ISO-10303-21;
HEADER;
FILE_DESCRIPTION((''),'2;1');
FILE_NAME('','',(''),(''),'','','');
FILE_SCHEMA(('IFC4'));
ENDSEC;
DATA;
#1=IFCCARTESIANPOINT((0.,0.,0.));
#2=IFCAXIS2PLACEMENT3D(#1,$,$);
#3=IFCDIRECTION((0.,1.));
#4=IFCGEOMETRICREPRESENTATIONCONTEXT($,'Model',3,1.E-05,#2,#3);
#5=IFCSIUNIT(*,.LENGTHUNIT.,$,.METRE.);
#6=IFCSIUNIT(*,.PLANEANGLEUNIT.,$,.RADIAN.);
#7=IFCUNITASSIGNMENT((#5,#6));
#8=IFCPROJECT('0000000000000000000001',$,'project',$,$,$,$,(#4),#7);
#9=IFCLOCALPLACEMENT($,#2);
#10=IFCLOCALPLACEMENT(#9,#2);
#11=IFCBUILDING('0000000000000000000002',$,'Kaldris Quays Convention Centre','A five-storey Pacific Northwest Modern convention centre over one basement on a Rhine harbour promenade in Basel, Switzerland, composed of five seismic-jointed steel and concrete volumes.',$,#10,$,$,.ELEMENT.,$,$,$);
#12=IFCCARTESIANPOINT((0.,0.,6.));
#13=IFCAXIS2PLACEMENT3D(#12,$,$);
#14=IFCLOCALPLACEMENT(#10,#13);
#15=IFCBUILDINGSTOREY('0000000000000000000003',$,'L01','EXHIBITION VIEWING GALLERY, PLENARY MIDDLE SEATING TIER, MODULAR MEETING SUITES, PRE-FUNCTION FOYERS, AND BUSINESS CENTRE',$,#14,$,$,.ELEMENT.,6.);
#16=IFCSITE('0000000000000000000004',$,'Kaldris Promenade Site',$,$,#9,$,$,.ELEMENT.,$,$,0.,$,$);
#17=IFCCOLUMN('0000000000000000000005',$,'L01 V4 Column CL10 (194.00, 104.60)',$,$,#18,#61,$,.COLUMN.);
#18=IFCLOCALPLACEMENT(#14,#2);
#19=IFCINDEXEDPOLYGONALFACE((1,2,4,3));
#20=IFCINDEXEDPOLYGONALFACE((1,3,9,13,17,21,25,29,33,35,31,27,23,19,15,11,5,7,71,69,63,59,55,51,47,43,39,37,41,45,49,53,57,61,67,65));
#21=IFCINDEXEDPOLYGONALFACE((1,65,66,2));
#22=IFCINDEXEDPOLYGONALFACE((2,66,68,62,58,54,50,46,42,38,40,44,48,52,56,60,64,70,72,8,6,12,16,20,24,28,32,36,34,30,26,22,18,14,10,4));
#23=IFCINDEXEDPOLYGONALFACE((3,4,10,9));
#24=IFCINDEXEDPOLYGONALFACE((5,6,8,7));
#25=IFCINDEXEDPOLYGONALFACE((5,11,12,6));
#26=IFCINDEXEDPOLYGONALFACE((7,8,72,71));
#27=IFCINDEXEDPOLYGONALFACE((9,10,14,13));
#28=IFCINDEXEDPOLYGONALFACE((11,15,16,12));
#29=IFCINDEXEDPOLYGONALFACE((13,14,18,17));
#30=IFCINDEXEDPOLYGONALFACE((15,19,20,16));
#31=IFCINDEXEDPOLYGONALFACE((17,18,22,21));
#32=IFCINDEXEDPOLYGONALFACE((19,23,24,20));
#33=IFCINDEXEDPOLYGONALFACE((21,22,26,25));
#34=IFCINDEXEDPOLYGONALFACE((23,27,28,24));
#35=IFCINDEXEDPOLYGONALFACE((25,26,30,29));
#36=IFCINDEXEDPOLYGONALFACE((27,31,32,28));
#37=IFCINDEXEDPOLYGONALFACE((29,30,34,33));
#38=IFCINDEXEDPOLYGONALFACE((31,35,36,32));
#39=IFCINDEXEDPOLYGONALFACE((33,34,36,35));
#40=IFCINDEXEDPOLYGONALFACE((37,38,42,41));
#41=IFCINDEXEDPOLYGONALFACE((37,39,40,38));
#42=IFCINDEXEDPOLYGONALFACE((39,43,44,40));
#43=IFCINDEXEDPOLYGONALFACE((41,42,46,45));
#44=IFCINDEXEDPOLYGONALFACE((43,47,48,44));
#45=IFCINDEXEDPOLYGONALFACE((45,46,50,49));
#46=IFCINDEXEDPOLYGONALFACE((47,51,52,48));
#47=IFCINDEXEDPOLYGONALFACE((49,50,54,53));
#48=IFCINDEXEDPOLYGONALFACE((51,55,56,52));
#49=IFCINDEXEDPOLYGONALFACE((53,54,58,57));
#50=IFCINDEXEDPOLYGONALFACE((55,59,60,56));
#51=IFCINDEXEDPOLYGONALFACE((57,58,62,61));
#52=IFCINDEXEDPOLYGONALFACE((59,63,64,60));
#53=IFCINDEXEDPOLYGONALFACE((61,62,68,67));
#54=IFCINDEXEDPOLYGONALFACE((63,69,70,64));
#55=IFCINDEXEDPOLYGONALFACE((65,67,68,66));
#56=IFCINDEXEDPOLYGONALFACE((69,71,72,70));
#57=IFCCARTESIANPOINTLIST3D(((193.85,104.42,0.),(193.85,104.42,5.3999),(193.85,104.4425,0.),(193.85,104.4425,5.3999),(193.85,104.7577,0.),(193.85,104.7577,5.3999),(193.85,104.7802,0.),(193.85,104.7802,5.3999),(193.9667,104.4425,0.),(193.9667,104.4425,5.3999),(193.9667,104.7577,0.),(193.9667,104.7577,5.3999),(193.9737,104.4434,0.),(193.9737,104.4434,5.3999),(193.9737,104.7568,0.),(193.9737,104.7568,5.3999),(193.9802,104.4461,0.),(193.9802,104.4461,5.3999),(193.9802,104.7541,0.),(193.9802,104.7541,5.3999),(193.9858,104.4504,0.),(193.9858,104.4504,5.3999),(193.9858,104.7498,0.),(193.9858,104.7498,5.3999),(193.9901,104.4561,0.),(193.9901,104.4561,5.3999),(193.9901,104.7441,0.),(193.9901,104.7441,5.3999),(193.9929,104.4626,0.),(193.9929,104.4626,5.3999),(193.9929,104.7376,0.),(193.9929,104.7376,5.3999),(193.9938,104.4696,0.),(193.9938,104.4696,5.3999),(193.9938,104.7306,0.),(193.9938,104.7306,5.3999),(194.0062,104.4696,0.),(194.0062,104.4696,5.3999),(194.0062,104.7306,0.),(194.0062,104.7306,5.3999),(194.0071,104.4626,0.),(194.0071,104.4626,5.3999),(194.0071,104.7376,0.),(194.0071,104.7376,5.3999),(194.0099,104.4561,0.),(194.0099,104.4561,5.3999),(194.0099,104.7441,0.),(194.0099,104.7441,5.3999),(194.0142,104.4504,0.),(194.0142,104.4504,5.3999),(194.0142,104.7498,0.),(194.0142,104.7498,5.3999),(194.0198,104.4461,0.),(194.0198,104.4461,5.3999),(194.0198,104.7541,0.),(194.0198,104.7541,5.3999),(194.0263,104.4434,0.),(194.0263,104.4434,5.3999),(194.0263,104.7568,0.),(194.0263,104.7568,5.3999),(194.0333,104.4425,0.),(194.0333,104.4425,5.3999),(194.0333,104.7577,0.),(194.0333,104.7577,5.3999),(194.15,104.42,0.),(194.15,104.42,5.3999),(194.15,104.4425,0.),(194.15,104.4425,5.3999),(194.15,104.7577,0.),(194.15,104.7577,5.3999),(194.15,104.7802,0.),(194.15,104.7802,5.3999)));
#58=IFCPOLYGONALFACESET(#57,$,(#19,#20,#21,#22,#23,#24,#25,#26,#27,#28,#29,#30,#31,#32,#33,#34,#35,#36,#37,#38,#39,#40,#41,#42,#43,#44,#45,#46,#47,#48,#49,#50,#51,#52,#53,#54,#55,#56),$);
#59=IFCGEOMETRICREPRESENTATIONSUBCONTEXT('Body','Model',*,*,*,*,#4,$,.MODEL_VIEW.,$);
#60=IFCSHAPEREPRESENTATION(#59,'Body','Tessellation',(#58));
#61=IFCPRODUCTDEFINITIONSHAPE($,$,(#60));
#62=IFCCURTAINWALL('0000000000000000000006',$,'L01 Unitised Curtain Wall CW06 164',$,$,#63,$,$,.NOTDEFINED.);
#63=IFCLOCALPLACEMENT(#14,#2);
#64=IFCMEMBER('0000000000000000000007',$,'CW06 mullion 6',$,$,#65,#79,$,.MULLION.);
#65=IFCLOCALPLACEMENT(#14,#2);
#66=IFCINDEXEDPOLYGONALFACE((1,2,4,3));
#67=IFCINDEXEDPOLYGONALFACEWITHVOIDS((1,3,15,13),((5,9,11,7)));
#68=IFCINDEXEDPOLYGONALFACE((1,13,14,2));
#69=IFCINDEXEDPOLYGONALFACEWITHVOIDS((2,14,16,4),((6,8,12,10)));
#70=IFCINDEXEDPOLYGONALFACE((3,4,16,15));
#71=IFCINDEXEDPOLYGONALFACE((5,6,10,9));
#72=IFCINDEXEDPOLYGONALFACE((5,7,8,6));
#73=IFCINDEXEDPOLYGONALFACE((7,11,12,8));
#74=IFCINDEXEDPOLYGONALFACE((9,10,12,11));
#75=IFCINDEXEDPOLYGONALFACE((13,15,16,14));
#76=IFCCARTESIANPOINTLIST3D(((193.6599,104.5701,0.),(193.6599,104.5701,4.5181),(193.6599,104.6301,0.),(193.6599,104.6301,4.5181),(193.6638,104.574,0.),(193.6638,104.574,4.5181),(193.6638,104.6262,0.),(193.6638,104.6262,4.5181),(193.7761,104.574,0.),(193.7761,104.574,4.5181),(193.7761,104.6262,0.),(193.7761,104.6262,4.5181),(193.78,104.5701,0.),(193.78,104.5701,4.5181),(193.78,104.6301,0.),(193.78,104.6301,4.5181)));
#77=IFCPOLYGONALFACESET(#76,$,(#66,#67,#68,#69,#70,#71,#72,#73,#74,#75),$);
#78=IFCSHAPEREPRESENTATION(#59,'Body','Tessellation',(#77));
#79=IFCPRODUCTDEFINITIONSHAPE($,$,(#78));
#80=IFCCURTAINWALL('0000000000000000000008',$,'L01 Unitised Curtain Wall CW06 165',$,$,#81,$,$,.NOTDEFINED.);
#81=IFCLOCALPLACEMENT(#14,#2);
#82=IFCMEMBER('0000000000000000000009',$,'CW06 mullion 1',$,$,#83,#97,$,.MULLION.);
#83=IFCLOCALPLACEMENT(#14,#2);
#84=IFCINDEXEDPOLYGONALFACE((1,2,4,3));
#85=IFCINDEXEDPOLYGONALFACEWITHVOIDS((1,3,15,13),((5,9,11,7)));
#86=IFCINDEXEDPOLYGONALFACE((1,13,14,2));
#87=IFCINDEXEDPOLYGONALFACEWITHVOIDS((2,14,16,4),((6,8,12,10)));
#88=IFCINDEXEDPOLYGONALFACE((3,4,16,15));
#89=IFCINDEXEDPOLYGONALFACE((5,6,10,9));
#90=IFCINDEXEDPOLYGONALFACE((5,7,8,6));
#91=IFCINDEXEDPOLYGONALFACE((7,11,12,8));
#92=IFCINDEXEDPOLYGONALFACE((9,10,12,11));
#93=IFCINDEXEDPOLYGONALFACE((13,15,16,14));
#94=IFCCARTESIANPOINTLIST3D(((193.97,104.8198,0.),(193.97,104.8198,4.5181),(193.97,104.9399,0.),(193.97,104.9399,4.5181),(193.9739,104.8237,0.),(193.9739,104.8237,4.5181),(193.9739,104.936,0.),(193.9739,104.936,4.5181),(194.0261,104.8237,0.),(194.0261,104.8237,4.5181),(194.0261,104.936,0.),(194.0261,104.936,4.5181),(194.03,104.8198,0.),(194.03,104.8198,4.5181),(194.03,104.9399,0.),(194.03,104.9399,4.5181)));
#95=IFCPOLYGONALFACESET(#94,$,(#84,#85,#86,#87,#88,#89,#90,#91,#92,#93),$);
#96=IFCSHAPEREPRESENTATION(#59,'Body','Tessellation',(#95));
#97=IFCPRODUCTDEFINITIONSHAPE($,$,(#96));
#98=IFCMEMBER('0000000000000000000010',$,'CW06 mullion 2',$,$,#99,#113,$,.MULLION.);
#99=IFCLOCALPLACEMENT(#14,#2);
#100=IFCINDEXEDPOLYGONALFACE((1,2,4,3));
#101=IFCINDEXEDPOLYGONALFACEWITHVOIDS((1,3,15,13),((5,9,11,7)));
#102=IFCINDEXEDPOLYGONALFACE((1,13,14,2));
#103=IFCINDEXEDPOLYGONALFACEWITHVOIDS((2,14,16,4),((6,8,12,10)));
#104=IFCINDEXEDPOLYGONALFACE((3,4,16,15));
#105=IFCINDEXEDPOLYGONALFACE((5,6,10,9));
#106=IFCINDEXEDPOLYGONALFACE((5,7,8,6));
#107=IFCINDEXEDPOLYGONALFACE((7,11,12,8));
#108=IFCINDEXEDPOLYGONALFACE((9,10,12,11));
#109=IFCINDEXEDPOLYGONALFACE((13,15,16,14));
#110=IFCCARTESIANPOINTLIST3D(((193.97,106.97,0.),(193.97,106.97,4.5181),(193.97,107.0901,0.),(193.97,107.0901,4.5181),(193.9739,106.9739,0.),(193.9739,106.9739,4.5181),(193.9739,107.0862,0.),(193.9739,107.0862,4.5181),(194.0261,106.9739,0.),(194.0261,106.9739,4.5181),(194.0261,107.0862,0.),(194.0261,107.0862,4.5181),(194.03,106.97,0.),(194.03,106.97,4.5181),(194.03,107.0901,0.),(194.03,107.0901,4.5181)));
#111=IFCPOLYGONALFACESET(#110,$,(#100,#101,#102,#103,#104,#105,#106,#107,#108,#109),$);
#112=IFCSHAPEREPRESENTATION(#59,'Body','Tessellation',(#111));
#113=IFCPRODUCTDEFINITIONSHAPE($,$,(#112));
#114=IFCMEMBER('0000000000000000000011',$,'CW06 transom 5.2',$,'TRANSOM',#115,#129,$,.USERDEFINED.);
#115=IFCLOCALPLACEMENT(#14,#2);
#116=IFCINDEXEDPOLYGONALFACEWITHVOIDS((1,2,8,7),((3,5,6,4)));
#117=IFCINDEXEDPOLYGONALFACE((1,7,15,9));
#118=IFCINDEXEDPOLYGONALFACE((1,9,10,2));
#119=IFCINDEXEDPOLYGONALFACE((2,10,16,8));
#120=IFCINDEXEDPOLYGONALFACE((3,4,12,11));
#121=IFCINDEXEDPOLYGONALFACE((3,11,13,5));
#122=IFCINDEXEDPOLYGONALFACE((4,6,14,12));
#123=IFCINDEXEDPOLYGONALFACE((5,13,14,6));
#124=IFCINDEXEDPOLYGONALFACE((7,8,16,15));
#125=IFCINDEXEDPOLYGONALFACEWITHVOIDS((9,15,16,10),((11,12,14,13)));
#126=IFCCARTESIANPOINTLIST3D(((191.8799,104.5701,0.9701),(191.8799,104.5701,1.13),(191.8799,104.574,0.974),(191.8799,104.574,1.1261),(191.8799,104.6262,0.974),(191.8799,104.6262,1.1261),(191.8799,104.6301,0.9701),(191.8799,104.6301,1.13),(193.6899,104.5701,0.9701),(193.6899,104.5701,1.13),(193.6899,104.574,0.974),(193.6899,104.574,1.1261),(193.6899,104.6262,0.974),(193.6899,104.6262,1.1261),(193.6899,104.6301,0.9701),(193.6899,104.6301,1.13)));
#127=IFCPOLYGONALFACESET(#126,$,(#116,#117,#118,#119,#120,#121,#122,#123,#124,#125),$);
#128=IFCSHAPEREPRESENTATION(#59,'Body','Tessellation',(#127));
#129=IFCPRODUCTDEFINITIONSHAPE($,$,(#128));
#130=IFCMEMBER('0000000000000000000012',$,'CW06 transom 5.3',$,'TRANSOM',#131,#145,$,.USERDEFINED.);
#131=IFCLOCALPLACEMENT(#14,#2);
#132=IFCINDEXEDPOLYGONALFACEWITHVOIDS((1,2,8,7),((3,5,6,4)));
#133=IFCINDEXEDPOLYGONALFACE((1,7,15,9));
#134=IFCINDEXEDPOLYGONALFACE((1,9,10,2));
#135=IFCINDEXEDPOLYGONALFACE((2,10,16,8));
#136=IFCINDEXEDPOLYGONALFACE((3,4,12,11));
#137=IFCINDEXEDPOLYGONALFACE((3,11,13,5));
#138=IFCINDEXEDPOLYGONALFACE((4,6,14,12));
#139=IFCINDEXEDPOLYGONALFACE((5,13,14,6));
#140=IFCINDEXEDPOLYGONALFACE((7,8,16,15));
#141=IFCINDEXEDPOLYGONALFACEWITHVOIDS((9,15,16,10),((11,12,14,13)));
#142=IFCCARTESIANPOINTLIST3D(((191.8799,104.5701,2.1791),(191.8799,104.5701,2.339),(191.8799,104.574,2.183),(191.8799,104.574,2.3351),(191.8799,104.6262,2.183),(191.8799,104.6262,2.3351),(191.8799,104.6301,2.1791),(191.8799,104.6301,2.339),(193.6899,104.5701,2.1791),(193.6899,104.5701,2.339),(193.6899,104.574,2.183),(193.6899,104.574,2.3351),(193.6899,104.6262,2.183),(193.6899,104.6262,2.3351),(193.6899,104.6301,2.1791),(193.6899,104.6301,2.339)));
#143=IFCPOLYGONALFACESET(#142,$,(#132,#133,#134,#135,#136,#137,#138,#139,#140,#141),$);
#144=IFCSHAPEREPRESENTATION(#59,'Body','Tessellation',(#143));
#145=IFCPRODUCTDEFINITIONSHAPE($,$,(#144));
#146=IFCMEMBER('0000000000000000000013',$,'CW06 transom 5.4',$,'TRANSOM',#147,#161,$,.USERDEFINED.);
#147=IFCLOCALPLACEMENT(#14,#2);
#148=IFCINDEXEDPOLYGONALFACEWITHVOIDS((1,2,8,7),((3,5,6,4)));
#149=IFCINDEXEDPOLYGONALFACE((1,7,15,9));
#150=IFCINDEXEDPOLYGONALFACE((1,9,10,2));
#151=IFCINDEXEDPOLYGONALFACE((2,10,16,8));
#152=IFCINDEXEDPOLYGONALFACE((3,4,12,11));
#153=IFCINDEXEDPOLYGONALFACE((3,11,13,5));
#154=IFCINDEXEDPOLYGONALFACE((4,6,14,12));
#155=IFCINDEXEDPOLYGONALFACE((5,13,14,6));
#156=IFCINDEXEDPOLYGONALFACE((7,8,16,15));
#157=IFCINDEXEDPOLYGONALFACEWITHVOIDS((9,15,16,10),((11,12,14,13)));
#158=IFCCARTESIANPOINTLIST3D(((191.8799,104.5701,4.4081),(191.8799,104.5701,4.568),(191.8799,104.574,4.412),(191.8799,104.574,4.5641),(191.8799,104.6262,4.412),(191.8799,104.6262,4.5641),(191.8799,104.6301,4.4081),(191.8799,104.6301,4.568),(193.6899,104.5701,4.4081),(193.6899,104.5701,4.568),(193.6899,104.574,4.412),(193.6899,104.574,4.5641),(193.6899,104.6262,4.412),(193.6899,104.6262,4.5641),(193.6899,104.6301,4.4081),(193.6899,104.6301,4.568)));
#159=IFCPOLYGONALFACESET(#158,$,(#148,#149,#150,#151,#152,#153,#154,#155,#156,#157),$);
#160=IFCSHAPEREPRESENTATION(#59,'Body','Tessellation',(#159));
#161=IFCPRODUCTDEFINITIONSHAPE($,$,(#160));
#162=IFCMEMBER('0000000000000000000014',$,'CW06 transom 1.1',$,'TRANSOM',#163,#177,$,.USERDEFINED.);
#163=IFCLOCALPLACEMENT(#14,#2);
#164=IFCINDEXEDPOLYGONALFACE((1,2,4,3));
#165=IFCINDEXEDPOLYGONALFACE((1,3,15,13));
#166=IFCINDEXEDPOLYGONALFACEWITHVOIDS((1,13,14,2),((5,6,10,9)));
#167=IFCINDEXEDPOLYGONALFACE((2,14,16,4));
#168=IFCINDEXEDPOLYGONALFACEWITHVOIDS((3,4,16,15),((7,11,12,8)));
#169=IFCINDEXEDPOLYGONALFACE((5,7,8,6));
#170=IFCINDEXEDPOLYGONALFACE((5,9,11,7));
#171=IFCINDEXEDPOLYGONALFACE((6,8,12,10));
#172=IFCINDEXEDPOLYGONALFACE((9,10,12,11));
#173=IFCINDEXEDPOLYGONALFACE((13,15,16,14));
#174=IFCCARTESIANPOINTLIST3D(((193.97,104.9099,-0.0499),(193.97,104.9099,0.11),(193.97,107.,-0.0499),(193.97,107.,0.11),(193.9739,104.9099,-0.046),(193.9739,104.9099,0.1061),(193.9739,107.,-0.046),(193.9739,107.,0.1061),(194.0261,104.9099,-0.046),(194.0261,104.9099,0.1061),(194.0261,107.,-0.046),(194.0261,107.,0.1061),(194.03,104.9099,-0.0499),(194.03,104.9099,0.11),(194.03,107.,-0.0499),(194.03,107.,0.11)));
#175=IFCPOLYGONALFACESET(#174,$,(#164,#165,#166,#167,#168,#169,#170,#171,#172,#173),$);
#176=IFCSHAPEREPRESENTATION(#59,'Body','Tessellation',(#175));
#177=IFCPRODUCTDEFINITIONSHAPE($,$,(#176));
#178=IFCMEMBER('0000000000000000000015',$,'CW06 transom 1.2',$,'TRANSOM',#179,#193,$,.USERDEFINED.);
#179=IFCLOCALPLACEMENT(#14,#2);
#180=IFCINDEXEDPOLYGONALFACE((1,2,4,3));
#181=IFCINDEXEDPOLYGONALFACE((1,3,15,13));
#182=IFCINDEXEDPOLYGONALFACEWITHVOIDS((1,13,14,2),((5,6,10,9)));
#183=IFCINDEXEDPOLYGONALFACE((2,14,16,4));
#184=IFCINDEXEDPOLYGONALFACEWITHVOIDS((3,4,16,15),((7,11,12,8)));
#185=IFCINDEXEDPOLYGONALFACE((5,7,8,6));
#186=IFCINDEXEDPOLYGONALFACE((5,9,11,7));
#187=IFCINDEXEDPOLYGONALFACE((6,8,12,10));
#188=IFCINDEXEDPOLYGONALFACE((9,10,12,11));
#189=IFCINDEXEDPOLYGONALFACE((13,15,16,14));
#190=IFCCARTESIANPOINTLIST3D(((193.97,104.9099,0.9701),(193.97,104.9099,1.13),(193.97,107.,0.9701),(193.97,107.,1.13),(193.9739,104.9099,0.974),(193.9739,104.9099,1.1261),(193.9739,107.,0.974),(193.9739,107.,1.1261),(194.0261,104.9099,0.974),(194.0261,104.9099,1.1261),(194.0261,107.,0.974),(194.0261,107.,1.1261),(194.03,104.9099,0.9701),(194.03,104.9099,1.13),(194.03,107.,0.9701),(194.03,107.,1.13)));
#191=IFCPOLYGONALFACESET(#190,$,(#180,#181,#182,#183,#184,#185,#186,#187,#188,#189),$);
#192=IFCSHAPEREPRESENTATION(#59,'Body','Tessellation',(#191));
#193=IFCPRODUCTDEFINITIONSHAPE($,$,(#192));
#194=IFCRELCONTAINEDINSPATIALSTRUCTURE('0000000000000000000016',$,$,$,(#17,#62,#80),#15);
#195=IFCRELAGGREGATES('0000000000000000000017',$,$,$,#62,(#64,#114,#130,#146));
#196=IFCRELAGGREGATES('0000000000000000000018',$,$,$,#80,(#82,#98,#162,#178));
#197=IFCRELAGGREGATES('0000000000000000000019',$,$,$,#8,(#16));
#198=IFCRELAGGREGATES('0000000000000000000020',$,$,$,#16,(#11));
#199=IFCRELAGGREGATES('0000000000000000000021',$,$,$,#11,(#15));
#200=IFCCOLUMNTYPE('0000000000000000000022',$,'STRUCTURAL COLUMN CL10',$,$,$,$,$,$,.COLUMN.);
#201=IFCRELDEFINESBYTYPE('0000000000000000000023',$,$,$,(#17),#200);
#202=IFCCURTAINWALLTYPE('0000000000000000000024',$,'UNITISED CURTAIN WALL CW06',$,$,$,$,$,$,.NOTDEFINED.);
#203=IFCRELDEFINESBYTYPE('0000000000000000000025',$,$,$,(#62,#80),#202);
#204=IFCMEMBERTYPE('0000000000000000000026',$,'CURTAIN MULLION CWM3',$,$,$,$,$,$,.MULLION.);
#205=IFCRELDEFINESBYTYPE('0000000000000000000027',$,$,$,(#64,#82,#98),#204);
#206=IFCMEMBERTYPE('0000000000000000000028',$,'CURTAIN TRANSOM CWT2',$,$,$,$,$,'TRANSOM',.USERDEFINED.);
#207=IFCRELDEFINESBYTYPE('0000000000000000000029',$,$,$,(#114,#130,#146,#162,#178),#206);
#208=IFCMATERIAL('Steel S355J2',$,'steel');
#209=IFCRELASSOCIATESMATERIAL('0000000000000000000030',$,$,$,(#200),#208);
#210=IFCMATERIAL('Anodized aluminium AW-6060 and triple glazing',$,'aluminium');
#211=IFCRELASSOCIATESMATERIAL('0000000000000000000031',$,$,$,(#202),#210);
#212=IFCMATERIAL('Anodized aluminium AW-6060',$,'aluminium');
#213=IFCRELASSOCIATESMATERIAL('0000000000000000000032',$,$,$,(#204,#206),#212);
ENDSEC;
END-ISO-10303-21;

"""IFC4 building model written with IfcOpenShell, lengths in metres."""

from ifc_helpers import new_model, si_unit, direction, frame, origin, origin_2d, place, context, subcontext, project, spatial, hollow_rectangle, i_section, extrude, material, material_profile, profile_set, type_object, element, aggregate, save


model = new_model("IFC4")

# Units and contexts
model_context = context("Model", 3, precision=1e-05, world=origin(), true_north=direction((0.0, 1.0)))
body_context = subcontext(model_context, "Body", "Model", "MODEL_VIEW")
ifc_project = project(units=[si_unit("LENGTHUNIT", "METRE"), si_unit("PLANEANGLEUNIT", "RADIAN")], contexts=[model_context])

# Site, building, storey
site_placement = place(None, origin())
site = spatial("IfcSite", under=ifc_project, at=site_placement, Name="Kaldris Promenade Site", CompositionType="ELEMENT", RefElevation=0.0)
building_placement = place(site_placement, origin())
building = spatial("IfcBuilding", under=site, at=building_placement, Name="Kaldris Quays Convention Centre", Description="A five-storey Pacific Northwest Modern convention centre over one basement on a Rhine harbour promenade in Basel, Switzerland, composed of five seismic-jointed steel and concrete volumes.", CompositionType="ELEMENT")
storey_placement = place(building_placement, frame((0.0, 0.0, 6.0)))
storey = spatial("IfcBuildingStorey", under=building, at=storey_placement, Name="L01", Description="EXHIBITION VIEWING GALLERY, PLENARY MIDDLE SEATING TIER, MODULAR MEETING SUITES, PRE-FUNCTION FOYERS, AND BUSINESS CENTRE", CompositionType="ELEMENT", Elevation=6.0)

# Column
ifc_material_1 = material(Name="Steel S355J2", Category="steel")
ifc_material_profile_1 = material_profile(ifc_material_1, i_section(OverallWidth=0.3, OverallDepth=0.3601, WebThickness=0.0125, FlangeThickness=0.0225, FilletRadius=0.0271, at=origin_2d()), Name="HEB 360")
ifc_profile_set_1 = profile_set([ifc_material_profile_1], Name="Steel S355J2")
column_type = type_object("IfcColumnType", Name="STRUCTURAL COLUMN CL10", PredefinedType="COLUMN", material=ifc_profile_set_1)
column_placement = place(storey_placement, frame((194.0, 104.6001, 0.0), z_axis=(0.0, 0.0, 1.0), x_axis=(1.0, 0.0, 0.0)))
element("IfcColumn", 1, at=column_placement, inside=storey, type_object=column_type, Name="L01 V4 Column CL10 (194.00, 104.60)", PredefinedType="COLUMN", context=body_context, shape_type="SweptSolid", body=[
    extrude(i_section(OverallWidth=0.3, OverallDepth=0.3601, WebThickness=0.0125, FlangeThickness=0.0225, FilletRadius=0.0271, at=origin_2d()), origin(), (0.0, 0.0, 1.0), 5.3999),
])

# Curtain wall, member
ifc_material_2 = material(Name="Anodized aluminium AW-6060 and triple glazing", Category="aluminium")
curtain_wall_type = type_object("IfcCurtainWallType", Name="UNITISED CURTAIN WALL CW06", PredefinedType="NOTDEFINED", material=ifc_material_2)
curtain_wall_1_placement = place(storey_placement, origin())
curtain_wall_1 = element("IfcCurtainWall", 2, at=curtain_wall_1_placement, inside=storey, type_object=curtain_wall_type, Name="L01 Unitised Curtain Wall CW06 164", PredefinedType="NOTDEFINED")
ifc_material_3 = material(Name="Anodized aluminium AW-6060", Category="aluminium")
ifc_material_profile_2 = material_profile(ifc_material_3, hollow_rectangle(XDim=0.0601, YDim=0.1201, WallThickness=0.0039, at=origin_2d()), Name="RHS 120x60x4")
ifc_profile_set_2 = profile_set([ifc_material_profile_2], Name="Anodized aluminium AW-6060")
member_type_1 = type_object("IfcMemberType", Name="CURTAIN MULLION CWM3", PredefinedType="MULLION", material=ifc_profile_set_2)
member_1_placement = place(storey_placement, frame((193.72, 104.6001, 0.0), z_axis=(0.0, 0.0, 1.0), x_axis=(0.0, 1.0, 0.0)))
member_1 = element("IfcMember", 3, at=member_1_placement, type_object=member_type_1, Name="CW06 mullion 6", PredefinedType="MULLION", context=body_context, shape_type="SweptSolid", body=[
    extrude(hollow_rectangle(XDim=0.0601, YDim=0.1201, WallThickness=0.0039, at=origin_2d()), origin(), (0.0, 0.0, 1.0), 4.5181),
])

# Curtain wall, members
curtain_wall_2_placement = place(storey_placement, origin())
curtain_wall_2 = element("IfcCurtainWall", 4, at=curtain_wall_2_placement, inside=storey, type_object=curtain_wall_type, Name="L01 Unitised Curtain Wall CW06 165", PredefinedType="NOTDEFINED")
member_2_placement = place(storey_placement, frame((194.0, 104.8799, 0.0), z_axis=(0.0, 0.0, 1.0), x_axis=(-1.0, 0.0, 0.0)))
member_2 = element("IfcMember", 5, at=member_2_placement, type_object=member_type_1, Name="CW06 mullion 1", PredefinedType="MULLION", context=body_context, shape_type="SweptSolid", body=[
    extrude(hollow_rectangle(XDim=0.0601, YDim=0.1201, WallThickness=0.0039, at=origin_2d()), origin(), (0.0, 0.0, 1.0), 4.5181),
])
member_3_placement = place(storey_placement, frame((194.0, 107.03, 0.0), z_axis=(0.0, 0.0, 1.0), x_axis=(-1.0, 0.0, 0.0)))
member_3 = element("IfcMember", 6, at=member_3_placement, type_object=member_type_1, Name="CW06 mullion 2", PredefinedType="MULLION", context=body_context, shape_type="SweptSolid", body=[
    extrude(hollow_rectangle(XDim=0.0601, YDim=0.1201, WallThickness=0.0039, at=origin_2d()), origin(), (0.0, 0.0, 1.0), 4.5181),
])

# Members
ifc_material_profile_3 = material_profile(ifc_material_3, hollow_rectangle(XDim=0.0601, YDim=0.1599, WallThickness=0.0039, at=origin_2d()), Name="RHS 160x60x4")
ifc_profile_set_3 = profile_set([ifc_material_profile_3], Name="Anodized aluminium AW-6060")
member_type_2 = type_object("IfcMemberType", Name="CURTAIN TRANSOM CWT2", ElementType="TRANSOM", PredefinedType="USERDEFINED", material=ifc_profile_set_3)
member_4_placement = place(storey_placement, frame((191.8799, 104.6001, 1.05), z_axis=(1.0, 0.0, 0.0), x_axis=(0.0, 1.0, 0.0)))
member_4 = element("IfcMember", 7, at=member_4_placement, type_object=member_type_2, Name="CW06 transom 5.2", ObjectType="TRANSOM", PredefinedType="USERDEFINED", context=body_context, shape_type="SweptSolid", body=[
    extrude(hollow_rectangle(XDim=0.0601, YDim=0.1599, WallThickness=0.0039, at=origin_2d()), origin(), (0.0, 0.0, 1.0), 1.8101),
])
member_5_placement = place(storey_placement, frame((191.8799, 104.6001, 2.259), z_axis=(1.0, 0.0, 0.0), x_axis=(0.0, 1.0, 0.0)))
member_5 = element("IfcMember", 8, at=member_5_placement, type_object=member_type_2, Name="CW06 transom 5.3", ObjectType="TRANSOM", PredefinedType="USERDEFINED", context=body_context, shape_type="SweptSolid", body=[
    extrude(hollow_rectangle(XDim=0.0601, YDim=0.1599, WallThickness=0.0039, at=origin_2d()), origin(), (0.0, 0.0, 1.0), 1.8101),
])
member_6_placement = place(storey_placement, frame((191.8799, 104.6001, 4.488), z_axis=(1.0, 0.0, 0.0), x_axis=(0.0, 1.0, 0.0)))
member_6 = element("IfcMember", 9, at=member_6_placement, type_object=member_type_2, Name="CW06 transom 5.4", ObjectType="TRANSOM", PredefinedType="USERDEFINED", context=body_context, shape_type="SweptSolid", body=[
    extrude(hollow_rectangle(XDim=0.0601, YDim=0.1599, WallThickness=0.0039, at=origin_2d()), origin(), (0.0, 0.0, 1.0), 1.8101),
])
member_7_placement = place(storey_placement, frame((194.0, 104.9099, 0.03), z_axis=(0.0, 1.0, 0.0), x_axis=(-1.0, 0.0, 0.0)))
member_7 = element("IfcMember", 10, at=member_7_placement, type_object=member_type_2, Name="CW06 transom 1.1", ObjectType="TRANSOM", PredefinedType="USERDEFINED", context=body_context, shape_type="SweptSolid", body=[
    extrude(hollow_rectangle(XDim=0.0601, YDim=0.1599, WallThickness=0.0039, at=origin_2d()), origin(), (0.0, 0.0, 1.0), 2.0901),
])
member_8_placement = place(storey_placement, frame((194.0, 104.9099, 1.05), z_axis=(0.0, 1.0, 0.0), x_axis=(-1.0, 0.0, 0.0)))
member_8 = element("IfcMember", 11, at=member_8_placement, type_object=member_type_2, Name="CW06 transom 1.2", ObjectType="TRANSOM", PredefinedType="USERDEFINED", context=body_context, shape_type="SweptSolid", body=[
    extrude(hollow_rectangle(XDim=0.0601, YDim=0.1599, WallThickness=0.0039, at=origin_2d()), origin(), (0.0, 0.0, 1.0), 2.0901),
])

aggregate(curtain_wall_1, [member_1, member_4, member_5, member_6])
aggregate(curtain_wall_2, [member_2, member_3, member_7, member_8])

save(model, "model.ifc")
